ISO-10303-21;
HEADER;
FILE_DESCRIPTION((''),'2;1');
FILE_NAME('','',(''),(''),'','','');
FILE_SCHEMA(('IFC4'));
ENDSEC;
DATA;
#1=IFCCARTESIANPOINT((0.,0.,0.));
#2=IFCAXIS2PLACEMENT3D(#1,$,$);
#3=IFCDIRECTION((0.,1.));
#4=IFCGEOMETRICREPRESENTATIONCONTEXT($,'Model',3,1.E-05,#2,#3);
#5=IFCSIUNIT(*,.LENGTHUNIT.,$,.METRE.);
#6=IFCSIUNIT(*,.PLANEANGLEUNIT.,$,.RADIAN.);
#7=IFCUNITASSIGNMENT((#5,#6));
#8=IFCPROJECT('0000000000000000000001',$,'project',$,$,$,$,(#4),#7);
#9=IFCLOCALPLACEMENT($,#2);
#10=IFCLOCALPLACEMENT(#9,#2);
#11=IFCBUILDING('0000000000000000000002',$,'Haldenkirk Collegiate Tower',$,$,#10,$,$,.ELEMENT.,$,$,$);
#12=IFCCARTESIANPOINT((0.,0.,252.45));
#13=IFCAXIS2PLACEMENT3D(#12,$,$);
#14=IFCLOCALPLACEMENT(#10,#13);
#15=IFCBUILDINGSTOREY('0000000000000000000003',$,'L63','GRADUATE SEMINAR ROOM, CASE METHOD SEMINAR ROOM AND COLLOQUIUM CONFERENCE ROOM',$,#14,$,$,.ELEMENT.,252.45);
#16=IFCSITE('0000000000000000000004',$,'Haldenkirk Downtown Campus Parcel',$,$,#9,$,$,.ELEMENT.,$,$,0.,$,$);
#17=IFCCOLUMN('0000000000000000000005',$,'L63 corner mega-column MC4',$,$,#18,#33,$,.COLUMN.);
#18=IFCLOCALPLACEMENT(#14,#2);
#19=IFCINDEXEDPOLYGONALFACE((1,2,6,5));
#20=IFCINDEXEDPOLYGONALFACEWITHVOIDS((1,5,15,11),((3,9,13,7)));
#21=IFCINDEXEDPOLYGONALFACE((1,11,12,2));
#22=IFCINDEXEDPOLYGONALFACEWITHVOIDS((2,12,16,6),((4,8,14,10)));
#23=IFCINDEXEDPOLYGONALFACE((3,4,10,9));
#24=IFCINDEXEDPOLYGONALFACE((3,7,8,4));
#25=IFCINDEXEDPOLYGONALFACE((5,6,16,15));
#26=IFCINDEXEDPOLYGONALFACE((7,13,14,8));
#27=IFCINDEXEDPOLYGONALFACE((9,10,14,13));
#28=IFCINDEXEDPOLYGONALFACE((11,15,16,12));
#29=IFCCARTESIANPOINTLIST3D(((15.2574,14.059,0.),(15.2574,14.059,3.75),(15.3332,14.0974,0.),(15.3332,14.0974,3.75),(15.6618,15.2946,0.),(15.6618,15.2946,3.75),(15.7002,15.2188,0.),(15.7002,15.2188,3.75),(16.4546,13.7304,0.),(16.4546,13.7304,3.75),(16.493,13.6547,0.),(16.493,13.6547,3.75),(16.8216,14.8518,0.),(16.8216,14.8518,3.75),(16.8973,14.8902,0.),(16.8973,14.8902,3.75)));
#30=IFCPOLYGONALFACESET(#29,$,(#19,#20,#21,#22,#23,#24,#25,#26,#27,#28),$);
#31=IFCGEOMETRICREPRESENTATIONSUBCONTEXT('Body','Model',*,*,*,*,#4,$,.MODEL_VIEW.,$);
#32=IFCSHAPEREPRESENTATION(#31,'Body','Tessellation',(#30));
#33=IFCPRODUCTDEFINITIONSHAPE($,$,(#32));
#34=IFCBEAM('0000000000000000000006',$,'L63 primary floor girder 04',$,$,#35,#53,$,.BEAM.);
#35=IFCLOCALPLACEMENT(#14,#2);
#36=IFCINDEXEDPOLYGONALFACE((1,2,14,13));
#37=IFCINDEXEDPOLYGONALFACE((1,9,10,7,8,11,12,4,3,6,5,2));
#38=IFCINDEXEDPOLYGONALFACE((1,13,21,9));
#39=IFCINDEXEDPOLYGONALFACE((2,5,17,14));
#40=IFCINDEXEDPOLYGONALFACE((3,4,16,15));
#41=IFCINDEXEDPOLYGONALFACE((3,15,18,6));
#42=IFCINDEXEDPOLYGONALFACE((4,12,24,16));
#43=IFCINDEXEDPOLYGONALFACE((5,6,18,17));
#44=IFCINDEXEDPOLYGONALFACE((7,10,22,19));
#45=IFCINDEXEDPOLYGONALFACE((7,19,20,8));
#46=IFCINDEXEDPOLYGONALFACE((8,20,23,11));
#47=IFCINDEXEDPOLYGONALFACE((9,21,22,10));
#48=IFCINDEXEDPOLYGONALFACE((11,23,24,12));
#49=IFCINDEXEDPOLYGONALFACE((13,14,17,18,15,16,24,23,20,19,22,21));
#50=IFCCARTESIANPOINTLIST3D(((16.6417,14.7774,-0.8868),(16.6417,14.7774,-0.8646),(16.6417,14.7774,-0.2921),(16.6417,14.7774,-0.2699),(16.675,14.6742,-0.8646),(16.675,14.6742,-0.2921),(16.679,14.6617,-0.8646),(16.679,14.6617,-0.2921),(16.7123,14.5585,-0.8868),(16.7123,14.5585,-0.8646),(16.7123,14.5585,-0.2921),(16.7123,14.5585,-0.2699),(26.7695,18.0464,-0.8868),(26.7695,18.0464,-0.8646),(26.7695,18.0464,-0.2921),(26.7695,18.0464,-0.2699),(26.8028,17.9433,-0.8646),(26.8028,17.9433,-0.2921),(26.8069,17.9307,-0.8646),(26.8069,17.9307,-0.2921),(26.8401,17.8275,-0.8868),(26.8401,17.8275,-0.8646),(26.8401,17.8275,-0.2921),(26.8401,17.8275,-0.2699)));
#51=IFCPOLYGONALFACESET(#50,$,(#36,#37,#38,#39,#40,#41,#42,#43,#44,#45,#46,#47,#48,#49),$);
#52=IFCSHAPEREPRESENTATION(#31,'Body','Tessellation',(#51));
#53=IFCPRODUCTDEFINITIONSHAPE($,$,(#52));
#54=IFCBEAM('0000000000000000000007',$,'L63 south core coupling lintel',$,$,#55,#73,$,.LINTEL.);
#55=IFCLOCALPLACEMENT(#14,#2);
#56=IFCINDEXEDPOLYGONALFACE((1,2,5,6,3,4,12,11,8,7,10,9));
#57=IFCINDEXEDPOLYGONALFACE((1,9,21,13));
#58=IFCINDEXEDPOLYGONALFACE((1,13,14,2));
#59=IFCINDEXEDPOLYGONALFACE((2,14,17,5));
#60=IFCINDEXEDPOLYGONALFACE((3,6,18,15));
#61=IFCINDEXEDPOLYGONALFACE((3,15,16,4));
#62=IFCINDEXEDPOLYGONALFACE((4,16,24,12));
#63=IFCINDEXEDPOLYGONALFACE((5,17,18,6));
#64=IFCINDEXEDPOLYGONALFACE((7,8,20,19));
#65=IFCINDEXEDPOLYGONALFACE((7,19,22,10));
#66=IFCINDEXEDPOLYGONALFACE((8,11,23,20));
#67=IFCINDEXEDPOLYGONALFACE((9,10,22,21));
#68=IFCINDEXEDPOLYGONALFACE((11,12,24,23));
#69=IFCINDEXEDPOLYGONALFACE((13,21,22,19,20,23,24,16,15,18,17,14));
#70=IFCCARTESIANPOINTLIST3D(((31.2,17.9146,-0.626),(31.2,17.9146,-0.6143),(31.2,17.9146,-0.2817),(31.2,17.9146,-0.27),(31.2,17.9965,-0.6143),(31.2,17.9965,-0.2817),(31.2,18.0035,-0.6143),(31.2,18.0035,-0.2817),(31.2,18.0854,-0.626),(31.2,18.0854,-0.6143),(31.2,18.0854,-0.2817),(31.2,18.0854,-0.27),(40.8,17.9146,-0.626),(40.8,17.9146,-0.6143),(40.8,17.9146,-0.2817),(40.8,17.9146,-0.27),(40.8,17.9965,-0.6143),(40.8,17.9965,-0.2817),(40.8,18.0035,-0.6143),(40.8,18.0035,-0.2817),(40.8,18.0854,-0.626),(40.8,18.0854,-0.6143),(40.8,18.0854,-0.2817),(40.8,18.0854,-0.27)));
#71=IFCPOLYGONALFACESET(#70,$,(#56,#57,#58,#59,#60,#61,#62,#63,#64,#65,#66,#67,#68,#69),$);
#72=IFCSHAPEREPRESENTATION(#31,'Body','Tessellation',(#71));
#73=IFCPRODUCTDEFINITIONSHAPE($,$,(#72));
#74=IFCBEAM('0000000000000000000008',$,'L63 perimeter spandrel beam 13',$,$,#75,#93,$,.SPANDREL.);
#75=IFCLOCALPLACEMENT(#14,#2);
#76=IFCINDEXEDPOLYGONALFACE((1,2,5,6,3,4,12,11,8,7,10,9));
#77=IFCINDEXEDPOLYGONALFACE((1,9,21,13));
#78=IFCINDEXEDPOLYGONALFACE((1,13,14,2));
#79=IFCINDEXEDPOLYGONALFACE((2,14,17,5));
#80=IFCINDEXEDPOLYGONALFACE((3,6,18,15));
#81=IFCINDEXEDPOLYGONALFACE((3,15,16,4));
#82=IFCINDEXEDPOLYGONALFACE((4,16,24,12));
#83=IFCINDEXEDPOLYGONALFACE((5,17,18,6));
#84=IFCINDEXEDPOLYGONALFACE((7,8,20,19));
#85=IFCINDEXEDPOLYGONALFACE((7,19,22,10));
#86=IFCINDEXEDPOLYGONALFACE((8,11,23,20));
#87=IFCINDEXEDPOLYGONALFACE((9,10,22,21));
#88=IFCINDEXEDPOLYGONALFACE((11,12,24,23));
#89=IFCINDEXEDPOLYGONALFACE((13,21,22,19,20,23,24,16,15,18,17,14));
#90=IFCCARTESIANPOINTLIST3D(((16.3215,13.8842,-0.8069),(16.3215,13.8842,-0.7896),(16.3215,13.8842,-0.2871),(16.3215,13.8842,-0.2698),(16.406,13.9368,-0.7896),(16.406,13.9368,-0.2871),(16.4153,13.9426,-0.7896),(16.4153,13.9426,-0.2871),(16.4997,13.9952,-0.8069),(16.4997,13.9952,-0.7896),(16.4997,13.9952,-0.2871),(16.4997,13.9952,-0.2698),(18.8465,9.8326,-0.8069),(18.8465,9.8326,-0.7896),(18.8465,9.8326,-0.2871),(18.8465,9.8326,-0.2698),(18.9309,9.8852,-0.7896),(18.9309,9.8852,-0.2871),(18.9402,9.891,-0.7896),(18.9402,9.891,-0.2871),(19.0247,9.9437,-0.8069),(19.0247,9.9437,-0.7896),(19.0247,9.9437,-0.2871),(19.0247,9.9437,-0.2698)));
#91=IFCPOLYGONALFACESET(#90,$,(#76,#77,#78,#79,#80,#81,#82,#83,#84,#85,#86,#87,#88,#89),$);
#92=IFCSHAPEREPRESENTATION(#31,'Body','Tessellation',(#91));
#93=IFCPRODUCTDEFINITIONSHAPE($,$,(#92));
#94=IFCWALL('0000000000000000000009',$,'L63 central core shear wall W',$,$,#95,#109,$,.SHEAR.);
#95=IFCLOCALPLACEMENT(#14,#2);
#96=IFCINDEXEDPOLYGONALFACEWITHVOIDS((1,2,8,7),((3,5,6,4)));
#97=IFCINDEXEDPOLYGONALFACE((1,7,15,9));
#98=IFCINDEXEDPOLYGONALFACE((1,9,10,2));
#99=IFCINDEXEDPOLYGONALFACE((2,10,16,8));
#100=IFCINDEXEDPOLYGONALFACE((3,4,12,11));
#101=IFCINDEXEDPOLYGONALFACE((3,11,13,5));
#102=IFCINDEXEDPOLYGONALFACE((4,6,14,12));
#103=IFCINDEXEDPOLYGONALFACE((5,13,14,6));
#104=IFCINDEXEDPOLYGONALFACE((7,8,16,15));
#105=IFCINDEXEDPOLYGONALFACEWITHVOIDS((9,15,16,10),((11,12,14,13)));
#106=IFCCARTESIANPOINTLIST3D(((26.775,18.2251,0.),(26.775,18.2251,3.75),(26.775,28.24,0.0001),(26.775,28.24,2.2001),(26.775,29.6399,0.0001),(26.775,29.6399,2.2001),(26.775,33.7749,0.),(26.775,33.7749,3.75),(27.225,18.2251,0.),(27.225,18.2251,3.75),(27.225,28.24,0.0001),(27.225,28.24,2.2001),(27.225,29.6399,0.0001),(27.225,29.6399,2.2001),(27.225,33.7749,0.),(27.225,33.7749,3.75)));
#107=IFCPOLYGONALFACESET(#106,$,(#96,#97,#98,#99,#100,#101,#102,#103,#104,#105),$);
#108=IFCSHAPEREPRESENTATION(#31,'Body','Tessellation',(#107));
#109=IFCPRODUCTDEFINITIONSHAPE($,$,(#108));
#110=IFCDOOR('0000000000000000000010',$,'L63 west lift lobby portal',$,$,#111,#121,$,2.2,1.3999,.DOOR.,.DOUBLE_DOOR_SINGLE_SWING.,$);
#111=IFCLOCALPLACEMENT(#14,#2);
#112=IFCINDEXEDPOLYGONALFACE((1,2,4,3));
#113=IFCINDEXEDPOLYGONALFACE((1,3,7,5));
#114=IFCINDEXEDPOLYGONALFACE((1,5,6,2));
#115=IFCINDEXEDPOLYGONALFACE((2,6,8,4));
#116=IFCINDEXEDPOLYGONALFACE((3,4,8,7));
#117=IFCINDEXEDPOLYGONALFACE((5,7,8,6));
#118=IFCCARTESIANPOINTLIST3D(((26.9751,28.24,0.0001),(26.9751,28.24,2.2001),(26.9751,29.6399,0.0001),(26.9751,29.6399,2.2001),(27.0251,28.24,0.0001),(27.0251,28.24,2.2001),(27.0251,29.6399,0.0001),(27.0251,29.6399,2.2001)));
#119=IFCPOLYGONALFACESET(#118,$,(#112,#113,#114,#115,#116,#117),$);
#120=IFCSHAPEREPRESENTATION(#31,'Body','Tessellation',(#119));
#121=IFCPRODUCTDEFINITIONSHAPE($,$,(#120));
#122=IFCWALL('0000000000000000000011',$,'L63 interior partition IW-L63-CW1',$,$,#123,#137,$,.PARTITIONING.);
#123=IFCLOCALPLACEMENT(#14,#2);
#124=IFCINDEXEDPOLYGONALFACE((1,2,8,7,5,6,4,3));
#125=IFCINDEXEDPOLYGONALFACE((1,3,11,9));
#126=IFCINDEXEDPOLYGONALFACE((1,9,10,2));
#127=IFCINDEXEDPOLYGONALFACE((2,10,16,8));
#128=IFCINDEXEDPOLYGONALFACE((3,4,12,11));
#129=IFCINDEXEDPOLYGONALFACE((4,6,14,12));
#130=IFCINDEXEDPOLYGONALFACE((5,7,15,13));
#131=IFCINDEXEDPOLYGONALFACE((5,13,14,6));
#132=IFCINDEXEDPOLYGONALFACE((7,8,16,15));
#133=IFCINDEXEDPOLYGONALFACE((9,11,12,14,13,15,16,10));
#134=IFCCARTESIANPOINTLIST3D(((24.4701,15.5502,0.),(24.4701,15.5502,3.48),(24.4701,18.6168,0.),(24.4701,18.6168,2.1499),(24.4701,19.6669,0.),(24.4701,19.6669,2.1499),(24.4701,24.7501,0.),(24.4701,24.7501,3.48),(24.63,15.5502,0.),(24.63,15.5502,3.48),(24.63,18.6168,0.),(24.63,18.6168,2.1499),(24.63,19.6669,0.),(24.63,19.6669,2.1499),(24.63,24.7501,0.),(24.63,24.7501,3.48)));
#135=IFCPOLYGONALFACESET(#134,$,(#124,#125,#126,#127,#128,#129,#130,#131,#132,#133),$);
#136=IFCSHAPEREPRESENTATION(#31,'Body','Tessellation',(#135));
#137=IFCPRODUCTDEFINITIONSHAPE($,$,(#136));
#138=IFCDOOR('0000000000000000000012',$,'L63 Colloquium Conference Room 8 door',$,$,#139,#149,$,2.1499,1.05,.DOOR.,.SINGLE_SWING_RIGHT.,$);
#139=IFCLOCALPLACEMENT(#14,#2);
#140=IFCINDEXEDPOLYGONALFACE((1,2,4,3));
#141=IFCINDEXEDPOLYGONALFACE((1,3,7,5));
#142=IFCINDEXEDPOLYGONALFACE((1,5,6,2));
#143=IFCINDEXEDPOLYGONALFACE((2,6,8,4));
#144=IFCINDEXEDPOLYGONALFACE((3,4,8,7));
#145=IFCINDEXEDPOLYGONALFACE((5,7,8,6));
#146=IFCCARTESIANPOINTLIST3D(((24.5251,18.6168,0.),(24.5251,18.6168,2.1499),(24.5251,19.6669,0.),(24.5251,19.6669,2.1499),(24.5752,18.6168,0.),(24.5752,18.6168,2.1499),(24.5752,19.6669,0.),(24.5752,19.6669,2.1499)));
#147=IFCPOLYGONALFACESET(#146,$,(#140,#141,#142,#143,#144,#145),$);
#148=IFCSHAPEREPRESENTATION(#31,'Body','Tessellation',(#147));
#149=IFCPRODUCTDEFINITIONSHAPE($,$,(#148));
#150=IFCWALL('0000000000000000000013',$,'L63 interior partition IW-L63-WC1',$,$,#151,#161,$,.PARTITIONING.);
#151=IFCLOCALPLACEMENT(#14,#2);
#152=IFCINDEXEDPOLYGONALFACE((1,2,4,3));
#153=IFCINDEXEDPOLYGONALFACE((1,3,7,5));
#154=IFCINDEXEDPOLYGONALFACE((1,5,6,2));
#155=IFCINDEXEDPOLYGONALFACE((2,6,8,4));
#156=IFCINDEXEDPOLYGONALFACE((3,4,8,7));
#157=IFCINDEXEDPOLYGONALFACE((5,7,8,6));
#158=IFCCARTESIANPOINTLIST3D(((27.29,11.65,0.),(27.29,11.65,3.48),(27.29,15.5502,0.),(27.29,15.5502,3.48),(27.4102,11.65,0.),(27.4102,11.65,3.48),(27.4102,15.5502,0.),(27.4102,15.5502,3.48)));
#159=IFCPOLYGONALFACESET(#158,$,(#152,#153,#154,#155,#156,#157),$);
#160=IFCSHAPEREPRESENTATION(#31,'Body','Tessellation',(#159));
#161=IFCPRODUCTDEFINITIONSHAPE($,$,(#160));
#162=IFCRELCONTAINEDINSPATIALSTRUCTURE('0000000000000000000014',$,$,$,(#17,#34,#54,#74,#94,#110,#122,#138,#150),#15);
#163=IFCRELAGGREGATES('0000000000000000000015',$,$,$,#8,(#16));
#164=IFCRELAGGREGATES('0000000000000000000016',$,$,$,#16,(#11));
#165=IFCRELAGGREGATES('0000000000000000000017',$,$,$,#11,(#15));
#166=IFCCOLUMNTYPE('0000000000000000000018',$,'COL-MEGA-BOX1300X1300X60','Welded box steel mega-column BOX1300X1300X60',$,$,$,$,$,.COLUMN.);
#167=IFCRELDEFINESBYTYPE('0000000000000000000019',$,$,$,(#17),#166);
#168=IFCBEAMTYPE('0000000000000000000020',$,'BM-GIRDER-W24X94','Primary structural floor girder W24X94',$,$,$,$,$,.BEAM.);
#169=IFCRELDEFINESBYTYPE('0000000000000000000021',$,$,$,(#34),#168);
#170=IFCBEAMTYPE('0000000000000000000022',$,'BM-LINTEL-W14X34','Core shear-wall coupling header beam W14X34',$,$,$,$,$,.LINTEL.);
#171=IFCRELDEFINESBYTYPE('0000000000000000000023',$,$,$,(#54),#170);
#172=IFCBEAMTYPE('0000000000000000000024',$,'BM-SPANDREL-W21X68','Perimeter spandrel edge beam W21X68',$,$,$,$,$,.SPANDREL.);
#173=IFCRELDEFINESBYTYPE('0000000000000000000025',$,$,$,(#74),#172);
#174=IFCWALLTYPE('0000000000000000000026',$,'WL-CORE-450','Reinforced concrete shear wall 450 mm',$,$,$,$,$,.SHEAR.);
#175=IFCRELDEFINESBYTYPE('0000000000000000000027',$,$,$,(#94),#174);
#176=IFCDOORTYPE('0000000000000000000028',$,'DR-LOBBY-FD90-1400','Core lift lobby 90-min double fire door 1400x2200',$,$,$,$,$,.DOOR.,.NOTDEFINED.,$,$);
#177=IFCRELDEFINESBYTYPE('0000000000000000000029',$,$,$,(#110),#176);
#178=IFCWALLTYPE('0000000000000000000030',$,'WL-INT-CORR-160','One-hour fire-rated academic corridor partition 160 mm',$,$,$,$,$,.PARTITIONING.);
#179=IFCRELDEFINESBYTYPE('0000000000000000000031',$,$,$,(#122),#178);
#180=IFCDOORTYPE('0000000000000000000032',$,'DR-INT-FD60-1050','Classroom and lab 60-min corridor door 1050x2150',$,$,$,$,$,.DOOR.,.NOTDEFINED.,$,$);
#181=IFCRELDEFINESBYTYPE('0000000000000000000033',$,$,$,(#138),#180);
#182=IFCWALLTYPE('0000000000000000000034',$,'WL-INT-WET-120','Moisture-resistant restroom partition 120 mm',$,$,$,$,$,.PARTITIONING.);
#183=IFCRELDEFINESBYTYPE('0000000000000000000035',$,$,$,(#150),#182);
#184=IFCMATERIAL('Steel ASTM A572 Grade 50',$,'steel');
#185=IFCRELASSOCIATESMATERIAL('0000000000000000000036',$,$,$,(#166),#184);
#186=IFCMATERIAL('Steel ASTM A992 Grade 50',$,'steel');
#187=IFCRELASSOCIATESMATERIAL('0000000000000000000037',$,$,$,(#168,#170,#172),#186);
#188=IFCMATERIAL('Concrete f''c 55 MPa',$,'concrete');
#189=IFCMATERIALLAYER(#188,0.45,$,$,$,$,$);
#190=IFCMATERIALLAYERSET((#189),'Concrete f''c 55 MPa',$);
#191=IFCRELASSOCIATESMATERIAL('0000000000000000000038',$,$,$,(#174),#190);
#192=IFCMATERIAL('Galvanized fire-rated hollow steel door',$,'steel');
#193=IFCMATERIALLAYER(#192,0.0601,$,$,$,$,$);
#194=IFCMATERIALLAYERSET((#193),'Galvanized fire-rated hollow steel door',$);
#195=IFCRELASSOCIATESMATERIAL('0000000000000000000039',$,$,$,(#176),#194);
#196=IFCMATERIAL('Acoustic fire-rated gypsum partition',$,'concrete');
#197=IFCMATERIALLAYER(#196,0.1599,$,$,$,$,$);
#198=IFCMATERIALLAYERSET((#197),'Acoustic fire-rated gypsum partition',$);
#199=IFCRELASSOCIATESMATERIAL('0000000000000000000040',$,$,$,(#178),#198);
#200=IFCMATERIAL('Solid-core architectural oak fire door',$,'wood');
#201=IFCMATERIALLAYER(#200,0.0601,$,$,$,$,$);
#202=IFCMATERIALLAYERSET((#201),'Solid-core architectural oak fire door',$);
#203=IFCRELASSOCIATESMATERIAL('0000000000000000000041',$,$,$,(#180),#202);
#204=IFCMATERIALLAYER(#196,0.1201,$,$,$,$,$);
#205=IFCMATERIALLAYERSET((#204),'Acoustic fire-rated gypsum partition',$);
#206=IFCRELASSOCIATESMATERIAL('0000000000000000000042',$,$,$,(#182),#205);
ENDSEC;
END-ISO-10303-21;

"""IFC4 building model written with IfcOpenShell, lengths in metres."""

from ifc_helpers import new_model, si_unit, direction, frame, frame_2d, origin, origin_2d, place, context, subcontext, project, spatial, rectangle, hollow_rectangle, i_section, extrude, material, layer, layer_set, material_profile, profile_set, type_object, element, fill, save


model = new_model("IFC4")

# Units and contexts
model_context = context("Model", 3, precision=1e-05, world=origin(), true_north=direction((0.0, 1.0)))
body_context = subcontext(model_context, "Body", "Model", "MODEL_VIEW")
ifc_project = project(units=[si_unit("LENGTHUNIT", "METRE"), si_unit("PLANEANGLEUNIT", "RADIAN")], contexts=[model_context])

# Site, building, storey
site_placement = place(None, origin())
site = spatial("IfcSite", under=ifc_project, at=site_placement, Name="Haldenkirk Downtown Campus Parcel", CompositionType="ELEMENT", RefElevation=0.0)
building_placement = place(site_placement, origin())
building = spatial("IfcBuilding", under=site, at=building_placement, Name="Haldenkirk Collegiate Tower", CompositionType="ELEMENT")
storey_placement = place(building_placement, frame((0.0, 0.0, 252.45)))
storey = spatial("IfcBuildingStorey", under=building, at=storey_placement, Name="L63", Description="GRADUATE SEMINAR ROOM, CASE METHOD SEMINAR ROOM AND COLLOQUIUM CONFERENCE ROOM", CompositionType="ELEMENT", Elevation=252.45)

# Column
ifc_material_1 = material(Name="Steel ASTM A572 Grade 50", Category="steel")
ifc_material_profile_1 = material_profile(ifc_material_1, hollow_rectangle(XDim=1.3, YDim=1.3, WallThickness=0.0601, at=origin_2d()), Name="BOX1300X1300X60")
ifc_profile_set_1 = profile_set([ifc_material_profile_1], Name="Steel ASTM A572 Grade 50")
column_type = type_object("IfcColumnType", Name="COL-MEGA-BOX1300X1300X60", Description="Welded box steel mega-column BOX1300X1300X60", PredefinedType="COLUMN", material=ifc_profile_set_1)
column_placement = place(storey_placement, frame((16.0774, 14.4746, 0.0), z_axis=(0.0, 0.0, 1.0), x_axis=(0.311008, 0.950407, 0.0)))
element("IfcColumn", 1, at=column_placement, inside=storey, type_object=column_type, Name="L63 corner mega-column MC4", PredefinedType="COLUMN", context=body_context, shape_type="SweptSolid", body=[
    extrude(hollow_rectangle(XDim=1.3, YDim=1.3, WallThickness=0.0601, at=origin_2d()), origin(), (0.0, 0.0, 1.0), 3.75),
])

# Beams
ifc_material_2 = material(Name="Steel ASTM A992 Grade 50", Category="steel")
ifc_material_profile_2 = material_profile(ifc_material_2, i_section(OverallWidth=0.23, OverallDepth=0.6169, WebThickness=0.0132, FlangeThickness=0.0222, at=origin_2d()), Name="W24X94")
ifc_profile_set_2 = profile_set([ifc_material_profile_2], Name="Steel ASTM A992 Grade 50")
beam_type_1 = type_object("IfcBeamType", Name="BM-GIRDER-W24X94", Description="Primary structural floor girder W24X94", PredefinedType="BEAM", material=ifc_profile_set_2)
beam_1_placement = place(storey_placement, frame((16.677, 14.668, -0.5784), z_axis=(0.951655, 0.30717, 0.0), x_axis=(-0.30717, 0.951655, 0.0)))
element("IfcBeam", 2, at=beam_1_placement, inside=storey, type_object=beam_type_1, Name="L63 primary floor girder 04", PredefinedType="BEAM", context=body_context, shape_type="SweptSolid", body=[
    extrude(i_section(OverallWidth=0.23, OverallDepth=0.6169, WebThickness=0.0132, FlangeThickness=0.0222, at=origin_2d()), origin(), (0.0, 0.0, 1.0), 10.6423),
])
ifc_material_profile_3 = material_profile(ifc_material_2, i_section(OverallWidth=0.1709, OverallDepth=0.356, WebThickness=0.0071, FlangeThickness=0.0117, at=origin_2d()), Name="W14X34")
ifc_profile_set_3 = profile_set([ifc_material_profile_3], Name="Steel ASTM A992 Grade 50")
beam_type_2 = type_object("IfcBeamType", Name="BM-LINTEL-W14X34", Description="Core shear-wall coupling header beam W14X34", PredefinedType="LINTEL", material=ifc_profile_set_3)
beam_2_placement = place(storey_placement, frame((31.2, 18.0, -0.448), z_axis=(1.0, 0.0, 0.0), x_axis=(0.0, 1.0, 0.0)))
element("IfcBeam", 3, at=beam_2_placement, inside=storey, type_object=beam_type_2, Name="L63 south core coupling lintel", PredefinedType="LINTEL", context=body_context, shape_type="SweptSolid", body=[
    extrude(i_section(OverallWidth=0.1709, OverallDepth=0.356, WebThickness=0.0071, FlangeThickness=0.0117, at=origin_2d()), origin(), (0.0, 0.0, 1.0), 9.6001),
])
ifc_material_profile_4 = material_profile(ifc_material_2, i_section(OverallWidth=0.21, OverallDepth=0.5371, WebThickness=0.011, FlangeThickness=0.0173, at=origin_2d()), Name="W21X68")
ifc_profile_set_4 = profile_set([ifc_material_profile_4], Name="Steel ASTM A992 Grade 50")
beam_type_3 = type_object("IfcBeamType", Name="BM-SPANDREL-W21X68", Description="Perimeter spandrel edge beam W21X68", PredefinedType="SPANDREL", material=ifc_profile_set_4)
beam_3_placement = place(storey_placement, frame((16.4106, 13.9397, -0.5383), z_axis=(0.5289, -0.848684, 0.0), x_axis=(0.848684, 0.5289, 0.0)))
element("IfcBeam", 4, at=beam_3_placement, inside=storey, type_object=beam_type_3, Name="L63 perimeter spandrel beam 13", PredefinedType="SPANDREL", context=body_context, shape_type="SweptSolid", body=[
    extrude(i_section(OverallWidth=0.21, OverallDepth=0.5371, WebThickness=0.011, FlangeThickness=0.0173, at=origin_2d()), origin(), (0.0, 0.0, 1.0), 4.7739),
])

# Shared definitions
ifc_material_3 = material(Name="Concrete f'c 55 MPa", Category="concrete")
ifc_layer_1 = layer(ifc_material_3, 0.45)
ifc_layer_set_1 = layer_set([ifc_layer_1], Name="Concrete f'c 55 MPa")
wall_type_1 = type_object("IfcWallType", Name="WL-CORE-450", Description="Reinforced concrete shear wall 450 mm", PredefinedType="SHEAR", material=ifc_layer_set_1)
ifc_material_4 = material(Name="Galvanized fire-rated hollow steel door", Category="steel")

# Wall, opening, door
wall_1_placement = place(storey_placement, frame((27.0, 18.2251, 0.0), z_axis=(0.0, 0.0, 1.0), x_axis=(0.0, 1.0, 0.0)))
wall_1 = element("IfcWall", 5, at=wall_1_placement, inside=storey, type_object=wall_type_1, Name="L63 central core shear wall W", PredefinedType="SHEAR", context=body_context, shape_type="SweptSolid", body=[
    extrude(rectangle(XDim=15.5498, YDim=0.45, at=frame_2d((7.7749, 0.0))), origin(), (0.0, 0.0, 1.0), 3.75),
])
opening_1_placement = place(wall_1_placement, frame((10.0149, 0.0, 0.0)))
opening_1 = element("IfcOpeningElement", 6, at=opening_1_placement, cuts=wall_1, PredefinedType="OPENING", context=body_context, shape_type="SweptSolid", body=[
    extrude(rectangle(XDim=1.3999, YDim=2.2, at=frame_2d((0.7, 1.1001))), frame((0.0, 0.2349, 0.0), z_axis=(0.0, -1.0, 0.0), x_axis=(1.0, 0.0, 0.0)), (0.0, 0.0, 1.0), 0.47),
])
ifc_layer_2 = layer(ifc_material_4, 0.0601)
ifc_layer_set_2 = layer_set([ifc_layer_2], Name="Galvanized fire-rated hollow steel door")
door_type_1 = type_object("IfcDoorType", Name="DR-LOBBY-FD90-1400", Description="Core lift lobby 90-min double fire door 1400x2200", OperationType="NOTDEFINED", PredefinedType="DOOR", material=ifc_layer_set_2)
door_1_placement = place(opening_1_placement, origin())
door_1 = element("IfcDoor", 7, at=door_1_placement, inside=storey, type_object=door_type_1, Name="L63 west lift lobby portal", OperationType="DOUBLE_DOOR_SINGLE_SWING", OverallHeight=2.2, OverallWidth=1.3999, PredefinedType="DOOR", context=body_context, shape_type="SweptSolid", body=[
    extrude(rectangle(XDim=1.3999, YDim=2.2, at=frame_2d((0.7, 1.1001))), frame((0.0, 0.0249, 0.0), z_axis=(0.0, -1.0, 0.0), x_axis=(1.0, 0.0, 0.0)), (0.0, 0.0, 1.0), 0.05),
])
fill(opening_1, door_1)

# Shared definitions
ifc_material_5 = material(Name="Acoustic fire-rated gypsum partition", Category="concrete")
ifc_layer_3 = layer(ifc_material_5, 0.1599)
ifc_layer_set_3 = layer_set([ifc_layer_3], Name="Acoustic fire-rated gypsum partition")
wall_type_2 = type_object("IfcWallType", Name="WL-INT-CORR-160", Description="One-hour fire-rated academic corridor partition 160 mm", PredefinedType="PARTITIONING", material=ifc_layer_set_3)
ifc_material_6 = material(Name="Solid-core architectural oak fire door", Category="wood")

# Wall, opening, door
wall_2_placement = place(storey_placement, frame((24.55, 15.55, 0.0), z_axis=(0.0, 0.0, 1.0), x_axis=(0.0, 1.0, 0.0)))
wall_2 = element("IfcWall", 8, at=wall_2_placement, inside=storey, type_object=wall_type_2, Name="L63 interior partition IW-L63-CW1", PredefinedType="PARTITIONING", context=body_context, shape_type="SweptSolid", body=[
    extrude(rectangle(XDim=9.2, YDim=0.1599, at=frame_2d((4.6001, 0.0))), origin(), (0.0, 0.0, 1.0), 3.48),
])
opening_2_placement = place(wall_2_placement, frame((3.0669, 0.0, 0.0)))
opening_2 = element("IfcOpeningElement", 9, at=opening_2_placement, cuts=wall_2, PredefinedType="OPENING", context=body_context, shape_type="SweptSolid", body=[
    extrude(rectangle(XDim=1.05, YDim=2.1499, at=frame_2d((0.5249, 1.075))), frame((0.0, 0.0898, 0.0), z_axis=(0.0, -1.0, 0.0), x_axis=(1.0, 0.0, 0.0)), (0.0, 0.0, 1.0), 0.1799),
])
ifc_layer_4 = layer(ifc_material_6, 0.0601)
ifc_layer_set_4 = layer_set([ifc_layer_4], Name="Solid-core architectural oak fire door")
door_type_2 = type_object("IfcDoorType", Name="DR-INT-FD60-1050", Description="Classroom and lab 60-min corridor door 1050x2150", OperationType="NOTDEFINED", PredefinedType="DOOR", material=ifc_layer_set_4)
door_2_placement = place(opening_2_placement, origin())
door_2 = element("IfcDoor", 10, at=door_2_placement, inside=storey, type_object=door_type_2, Name="L63 Colloquium Conference Room 8 door", OperationType="SINGLE_SWING_RIGHT", OverallHeight=2.1499, OverallWidth=1.05, PredefinedType="DOOR", context=body_context, shape_type="SweptSolid", body=[
    extrude(rectangle(XDim=1.05, YDim=2.1499, at=frame_2d((0.5249, 1.075))), frame((0.0, 0.0249, 0.0), z_axis=(0.0, -1.0, 0.0), x_axis=(1.0, 0.0, 0.0)), (0.0, 0.0, 1.0), 0.05),
])
fill(opening_2, door_2)

# Wall
ifc_layer_5 = layer(ifc_material_5, 0.1201)
ifc_layer_set_5 = layer_set([ifc_layer_5], Name="Acoustic fire-rated gypsum partition")
wall_type_3 = type_object("IfcWallType", Name="WL-INT-WET-120", Description="Moisture-resistant restroom partition 120 mm", PredefinedType="PARTITIONING", material=ifc_layer_set_5)
for number, where, z_axis, x_axis, name in (
    (11, (27.3501, 11.6499, 0.0), (0.0, 0.0, 1.0), (0.0, 1.0, 0.0), "L63 interior partition IW-L63-WC1"),
):
    element("IfcWall", number, at=place(storey_placement, frame(where, z_axis=z_axis, x_axis=x_axis)), inside=storey, type_object=wall_type_3, Name=name, PredefinedType="PARTITIONING", context=body_context, shape_type="SweptSolid", body=[
        extrude(rectangle(XDim=3.9001, YDim=0.1201, at=frame_2d((1.9502, 0.0))), origin(), (0.0, 0.0, 1.0), 3.48),
    ])

save(model, "model.ifc")
